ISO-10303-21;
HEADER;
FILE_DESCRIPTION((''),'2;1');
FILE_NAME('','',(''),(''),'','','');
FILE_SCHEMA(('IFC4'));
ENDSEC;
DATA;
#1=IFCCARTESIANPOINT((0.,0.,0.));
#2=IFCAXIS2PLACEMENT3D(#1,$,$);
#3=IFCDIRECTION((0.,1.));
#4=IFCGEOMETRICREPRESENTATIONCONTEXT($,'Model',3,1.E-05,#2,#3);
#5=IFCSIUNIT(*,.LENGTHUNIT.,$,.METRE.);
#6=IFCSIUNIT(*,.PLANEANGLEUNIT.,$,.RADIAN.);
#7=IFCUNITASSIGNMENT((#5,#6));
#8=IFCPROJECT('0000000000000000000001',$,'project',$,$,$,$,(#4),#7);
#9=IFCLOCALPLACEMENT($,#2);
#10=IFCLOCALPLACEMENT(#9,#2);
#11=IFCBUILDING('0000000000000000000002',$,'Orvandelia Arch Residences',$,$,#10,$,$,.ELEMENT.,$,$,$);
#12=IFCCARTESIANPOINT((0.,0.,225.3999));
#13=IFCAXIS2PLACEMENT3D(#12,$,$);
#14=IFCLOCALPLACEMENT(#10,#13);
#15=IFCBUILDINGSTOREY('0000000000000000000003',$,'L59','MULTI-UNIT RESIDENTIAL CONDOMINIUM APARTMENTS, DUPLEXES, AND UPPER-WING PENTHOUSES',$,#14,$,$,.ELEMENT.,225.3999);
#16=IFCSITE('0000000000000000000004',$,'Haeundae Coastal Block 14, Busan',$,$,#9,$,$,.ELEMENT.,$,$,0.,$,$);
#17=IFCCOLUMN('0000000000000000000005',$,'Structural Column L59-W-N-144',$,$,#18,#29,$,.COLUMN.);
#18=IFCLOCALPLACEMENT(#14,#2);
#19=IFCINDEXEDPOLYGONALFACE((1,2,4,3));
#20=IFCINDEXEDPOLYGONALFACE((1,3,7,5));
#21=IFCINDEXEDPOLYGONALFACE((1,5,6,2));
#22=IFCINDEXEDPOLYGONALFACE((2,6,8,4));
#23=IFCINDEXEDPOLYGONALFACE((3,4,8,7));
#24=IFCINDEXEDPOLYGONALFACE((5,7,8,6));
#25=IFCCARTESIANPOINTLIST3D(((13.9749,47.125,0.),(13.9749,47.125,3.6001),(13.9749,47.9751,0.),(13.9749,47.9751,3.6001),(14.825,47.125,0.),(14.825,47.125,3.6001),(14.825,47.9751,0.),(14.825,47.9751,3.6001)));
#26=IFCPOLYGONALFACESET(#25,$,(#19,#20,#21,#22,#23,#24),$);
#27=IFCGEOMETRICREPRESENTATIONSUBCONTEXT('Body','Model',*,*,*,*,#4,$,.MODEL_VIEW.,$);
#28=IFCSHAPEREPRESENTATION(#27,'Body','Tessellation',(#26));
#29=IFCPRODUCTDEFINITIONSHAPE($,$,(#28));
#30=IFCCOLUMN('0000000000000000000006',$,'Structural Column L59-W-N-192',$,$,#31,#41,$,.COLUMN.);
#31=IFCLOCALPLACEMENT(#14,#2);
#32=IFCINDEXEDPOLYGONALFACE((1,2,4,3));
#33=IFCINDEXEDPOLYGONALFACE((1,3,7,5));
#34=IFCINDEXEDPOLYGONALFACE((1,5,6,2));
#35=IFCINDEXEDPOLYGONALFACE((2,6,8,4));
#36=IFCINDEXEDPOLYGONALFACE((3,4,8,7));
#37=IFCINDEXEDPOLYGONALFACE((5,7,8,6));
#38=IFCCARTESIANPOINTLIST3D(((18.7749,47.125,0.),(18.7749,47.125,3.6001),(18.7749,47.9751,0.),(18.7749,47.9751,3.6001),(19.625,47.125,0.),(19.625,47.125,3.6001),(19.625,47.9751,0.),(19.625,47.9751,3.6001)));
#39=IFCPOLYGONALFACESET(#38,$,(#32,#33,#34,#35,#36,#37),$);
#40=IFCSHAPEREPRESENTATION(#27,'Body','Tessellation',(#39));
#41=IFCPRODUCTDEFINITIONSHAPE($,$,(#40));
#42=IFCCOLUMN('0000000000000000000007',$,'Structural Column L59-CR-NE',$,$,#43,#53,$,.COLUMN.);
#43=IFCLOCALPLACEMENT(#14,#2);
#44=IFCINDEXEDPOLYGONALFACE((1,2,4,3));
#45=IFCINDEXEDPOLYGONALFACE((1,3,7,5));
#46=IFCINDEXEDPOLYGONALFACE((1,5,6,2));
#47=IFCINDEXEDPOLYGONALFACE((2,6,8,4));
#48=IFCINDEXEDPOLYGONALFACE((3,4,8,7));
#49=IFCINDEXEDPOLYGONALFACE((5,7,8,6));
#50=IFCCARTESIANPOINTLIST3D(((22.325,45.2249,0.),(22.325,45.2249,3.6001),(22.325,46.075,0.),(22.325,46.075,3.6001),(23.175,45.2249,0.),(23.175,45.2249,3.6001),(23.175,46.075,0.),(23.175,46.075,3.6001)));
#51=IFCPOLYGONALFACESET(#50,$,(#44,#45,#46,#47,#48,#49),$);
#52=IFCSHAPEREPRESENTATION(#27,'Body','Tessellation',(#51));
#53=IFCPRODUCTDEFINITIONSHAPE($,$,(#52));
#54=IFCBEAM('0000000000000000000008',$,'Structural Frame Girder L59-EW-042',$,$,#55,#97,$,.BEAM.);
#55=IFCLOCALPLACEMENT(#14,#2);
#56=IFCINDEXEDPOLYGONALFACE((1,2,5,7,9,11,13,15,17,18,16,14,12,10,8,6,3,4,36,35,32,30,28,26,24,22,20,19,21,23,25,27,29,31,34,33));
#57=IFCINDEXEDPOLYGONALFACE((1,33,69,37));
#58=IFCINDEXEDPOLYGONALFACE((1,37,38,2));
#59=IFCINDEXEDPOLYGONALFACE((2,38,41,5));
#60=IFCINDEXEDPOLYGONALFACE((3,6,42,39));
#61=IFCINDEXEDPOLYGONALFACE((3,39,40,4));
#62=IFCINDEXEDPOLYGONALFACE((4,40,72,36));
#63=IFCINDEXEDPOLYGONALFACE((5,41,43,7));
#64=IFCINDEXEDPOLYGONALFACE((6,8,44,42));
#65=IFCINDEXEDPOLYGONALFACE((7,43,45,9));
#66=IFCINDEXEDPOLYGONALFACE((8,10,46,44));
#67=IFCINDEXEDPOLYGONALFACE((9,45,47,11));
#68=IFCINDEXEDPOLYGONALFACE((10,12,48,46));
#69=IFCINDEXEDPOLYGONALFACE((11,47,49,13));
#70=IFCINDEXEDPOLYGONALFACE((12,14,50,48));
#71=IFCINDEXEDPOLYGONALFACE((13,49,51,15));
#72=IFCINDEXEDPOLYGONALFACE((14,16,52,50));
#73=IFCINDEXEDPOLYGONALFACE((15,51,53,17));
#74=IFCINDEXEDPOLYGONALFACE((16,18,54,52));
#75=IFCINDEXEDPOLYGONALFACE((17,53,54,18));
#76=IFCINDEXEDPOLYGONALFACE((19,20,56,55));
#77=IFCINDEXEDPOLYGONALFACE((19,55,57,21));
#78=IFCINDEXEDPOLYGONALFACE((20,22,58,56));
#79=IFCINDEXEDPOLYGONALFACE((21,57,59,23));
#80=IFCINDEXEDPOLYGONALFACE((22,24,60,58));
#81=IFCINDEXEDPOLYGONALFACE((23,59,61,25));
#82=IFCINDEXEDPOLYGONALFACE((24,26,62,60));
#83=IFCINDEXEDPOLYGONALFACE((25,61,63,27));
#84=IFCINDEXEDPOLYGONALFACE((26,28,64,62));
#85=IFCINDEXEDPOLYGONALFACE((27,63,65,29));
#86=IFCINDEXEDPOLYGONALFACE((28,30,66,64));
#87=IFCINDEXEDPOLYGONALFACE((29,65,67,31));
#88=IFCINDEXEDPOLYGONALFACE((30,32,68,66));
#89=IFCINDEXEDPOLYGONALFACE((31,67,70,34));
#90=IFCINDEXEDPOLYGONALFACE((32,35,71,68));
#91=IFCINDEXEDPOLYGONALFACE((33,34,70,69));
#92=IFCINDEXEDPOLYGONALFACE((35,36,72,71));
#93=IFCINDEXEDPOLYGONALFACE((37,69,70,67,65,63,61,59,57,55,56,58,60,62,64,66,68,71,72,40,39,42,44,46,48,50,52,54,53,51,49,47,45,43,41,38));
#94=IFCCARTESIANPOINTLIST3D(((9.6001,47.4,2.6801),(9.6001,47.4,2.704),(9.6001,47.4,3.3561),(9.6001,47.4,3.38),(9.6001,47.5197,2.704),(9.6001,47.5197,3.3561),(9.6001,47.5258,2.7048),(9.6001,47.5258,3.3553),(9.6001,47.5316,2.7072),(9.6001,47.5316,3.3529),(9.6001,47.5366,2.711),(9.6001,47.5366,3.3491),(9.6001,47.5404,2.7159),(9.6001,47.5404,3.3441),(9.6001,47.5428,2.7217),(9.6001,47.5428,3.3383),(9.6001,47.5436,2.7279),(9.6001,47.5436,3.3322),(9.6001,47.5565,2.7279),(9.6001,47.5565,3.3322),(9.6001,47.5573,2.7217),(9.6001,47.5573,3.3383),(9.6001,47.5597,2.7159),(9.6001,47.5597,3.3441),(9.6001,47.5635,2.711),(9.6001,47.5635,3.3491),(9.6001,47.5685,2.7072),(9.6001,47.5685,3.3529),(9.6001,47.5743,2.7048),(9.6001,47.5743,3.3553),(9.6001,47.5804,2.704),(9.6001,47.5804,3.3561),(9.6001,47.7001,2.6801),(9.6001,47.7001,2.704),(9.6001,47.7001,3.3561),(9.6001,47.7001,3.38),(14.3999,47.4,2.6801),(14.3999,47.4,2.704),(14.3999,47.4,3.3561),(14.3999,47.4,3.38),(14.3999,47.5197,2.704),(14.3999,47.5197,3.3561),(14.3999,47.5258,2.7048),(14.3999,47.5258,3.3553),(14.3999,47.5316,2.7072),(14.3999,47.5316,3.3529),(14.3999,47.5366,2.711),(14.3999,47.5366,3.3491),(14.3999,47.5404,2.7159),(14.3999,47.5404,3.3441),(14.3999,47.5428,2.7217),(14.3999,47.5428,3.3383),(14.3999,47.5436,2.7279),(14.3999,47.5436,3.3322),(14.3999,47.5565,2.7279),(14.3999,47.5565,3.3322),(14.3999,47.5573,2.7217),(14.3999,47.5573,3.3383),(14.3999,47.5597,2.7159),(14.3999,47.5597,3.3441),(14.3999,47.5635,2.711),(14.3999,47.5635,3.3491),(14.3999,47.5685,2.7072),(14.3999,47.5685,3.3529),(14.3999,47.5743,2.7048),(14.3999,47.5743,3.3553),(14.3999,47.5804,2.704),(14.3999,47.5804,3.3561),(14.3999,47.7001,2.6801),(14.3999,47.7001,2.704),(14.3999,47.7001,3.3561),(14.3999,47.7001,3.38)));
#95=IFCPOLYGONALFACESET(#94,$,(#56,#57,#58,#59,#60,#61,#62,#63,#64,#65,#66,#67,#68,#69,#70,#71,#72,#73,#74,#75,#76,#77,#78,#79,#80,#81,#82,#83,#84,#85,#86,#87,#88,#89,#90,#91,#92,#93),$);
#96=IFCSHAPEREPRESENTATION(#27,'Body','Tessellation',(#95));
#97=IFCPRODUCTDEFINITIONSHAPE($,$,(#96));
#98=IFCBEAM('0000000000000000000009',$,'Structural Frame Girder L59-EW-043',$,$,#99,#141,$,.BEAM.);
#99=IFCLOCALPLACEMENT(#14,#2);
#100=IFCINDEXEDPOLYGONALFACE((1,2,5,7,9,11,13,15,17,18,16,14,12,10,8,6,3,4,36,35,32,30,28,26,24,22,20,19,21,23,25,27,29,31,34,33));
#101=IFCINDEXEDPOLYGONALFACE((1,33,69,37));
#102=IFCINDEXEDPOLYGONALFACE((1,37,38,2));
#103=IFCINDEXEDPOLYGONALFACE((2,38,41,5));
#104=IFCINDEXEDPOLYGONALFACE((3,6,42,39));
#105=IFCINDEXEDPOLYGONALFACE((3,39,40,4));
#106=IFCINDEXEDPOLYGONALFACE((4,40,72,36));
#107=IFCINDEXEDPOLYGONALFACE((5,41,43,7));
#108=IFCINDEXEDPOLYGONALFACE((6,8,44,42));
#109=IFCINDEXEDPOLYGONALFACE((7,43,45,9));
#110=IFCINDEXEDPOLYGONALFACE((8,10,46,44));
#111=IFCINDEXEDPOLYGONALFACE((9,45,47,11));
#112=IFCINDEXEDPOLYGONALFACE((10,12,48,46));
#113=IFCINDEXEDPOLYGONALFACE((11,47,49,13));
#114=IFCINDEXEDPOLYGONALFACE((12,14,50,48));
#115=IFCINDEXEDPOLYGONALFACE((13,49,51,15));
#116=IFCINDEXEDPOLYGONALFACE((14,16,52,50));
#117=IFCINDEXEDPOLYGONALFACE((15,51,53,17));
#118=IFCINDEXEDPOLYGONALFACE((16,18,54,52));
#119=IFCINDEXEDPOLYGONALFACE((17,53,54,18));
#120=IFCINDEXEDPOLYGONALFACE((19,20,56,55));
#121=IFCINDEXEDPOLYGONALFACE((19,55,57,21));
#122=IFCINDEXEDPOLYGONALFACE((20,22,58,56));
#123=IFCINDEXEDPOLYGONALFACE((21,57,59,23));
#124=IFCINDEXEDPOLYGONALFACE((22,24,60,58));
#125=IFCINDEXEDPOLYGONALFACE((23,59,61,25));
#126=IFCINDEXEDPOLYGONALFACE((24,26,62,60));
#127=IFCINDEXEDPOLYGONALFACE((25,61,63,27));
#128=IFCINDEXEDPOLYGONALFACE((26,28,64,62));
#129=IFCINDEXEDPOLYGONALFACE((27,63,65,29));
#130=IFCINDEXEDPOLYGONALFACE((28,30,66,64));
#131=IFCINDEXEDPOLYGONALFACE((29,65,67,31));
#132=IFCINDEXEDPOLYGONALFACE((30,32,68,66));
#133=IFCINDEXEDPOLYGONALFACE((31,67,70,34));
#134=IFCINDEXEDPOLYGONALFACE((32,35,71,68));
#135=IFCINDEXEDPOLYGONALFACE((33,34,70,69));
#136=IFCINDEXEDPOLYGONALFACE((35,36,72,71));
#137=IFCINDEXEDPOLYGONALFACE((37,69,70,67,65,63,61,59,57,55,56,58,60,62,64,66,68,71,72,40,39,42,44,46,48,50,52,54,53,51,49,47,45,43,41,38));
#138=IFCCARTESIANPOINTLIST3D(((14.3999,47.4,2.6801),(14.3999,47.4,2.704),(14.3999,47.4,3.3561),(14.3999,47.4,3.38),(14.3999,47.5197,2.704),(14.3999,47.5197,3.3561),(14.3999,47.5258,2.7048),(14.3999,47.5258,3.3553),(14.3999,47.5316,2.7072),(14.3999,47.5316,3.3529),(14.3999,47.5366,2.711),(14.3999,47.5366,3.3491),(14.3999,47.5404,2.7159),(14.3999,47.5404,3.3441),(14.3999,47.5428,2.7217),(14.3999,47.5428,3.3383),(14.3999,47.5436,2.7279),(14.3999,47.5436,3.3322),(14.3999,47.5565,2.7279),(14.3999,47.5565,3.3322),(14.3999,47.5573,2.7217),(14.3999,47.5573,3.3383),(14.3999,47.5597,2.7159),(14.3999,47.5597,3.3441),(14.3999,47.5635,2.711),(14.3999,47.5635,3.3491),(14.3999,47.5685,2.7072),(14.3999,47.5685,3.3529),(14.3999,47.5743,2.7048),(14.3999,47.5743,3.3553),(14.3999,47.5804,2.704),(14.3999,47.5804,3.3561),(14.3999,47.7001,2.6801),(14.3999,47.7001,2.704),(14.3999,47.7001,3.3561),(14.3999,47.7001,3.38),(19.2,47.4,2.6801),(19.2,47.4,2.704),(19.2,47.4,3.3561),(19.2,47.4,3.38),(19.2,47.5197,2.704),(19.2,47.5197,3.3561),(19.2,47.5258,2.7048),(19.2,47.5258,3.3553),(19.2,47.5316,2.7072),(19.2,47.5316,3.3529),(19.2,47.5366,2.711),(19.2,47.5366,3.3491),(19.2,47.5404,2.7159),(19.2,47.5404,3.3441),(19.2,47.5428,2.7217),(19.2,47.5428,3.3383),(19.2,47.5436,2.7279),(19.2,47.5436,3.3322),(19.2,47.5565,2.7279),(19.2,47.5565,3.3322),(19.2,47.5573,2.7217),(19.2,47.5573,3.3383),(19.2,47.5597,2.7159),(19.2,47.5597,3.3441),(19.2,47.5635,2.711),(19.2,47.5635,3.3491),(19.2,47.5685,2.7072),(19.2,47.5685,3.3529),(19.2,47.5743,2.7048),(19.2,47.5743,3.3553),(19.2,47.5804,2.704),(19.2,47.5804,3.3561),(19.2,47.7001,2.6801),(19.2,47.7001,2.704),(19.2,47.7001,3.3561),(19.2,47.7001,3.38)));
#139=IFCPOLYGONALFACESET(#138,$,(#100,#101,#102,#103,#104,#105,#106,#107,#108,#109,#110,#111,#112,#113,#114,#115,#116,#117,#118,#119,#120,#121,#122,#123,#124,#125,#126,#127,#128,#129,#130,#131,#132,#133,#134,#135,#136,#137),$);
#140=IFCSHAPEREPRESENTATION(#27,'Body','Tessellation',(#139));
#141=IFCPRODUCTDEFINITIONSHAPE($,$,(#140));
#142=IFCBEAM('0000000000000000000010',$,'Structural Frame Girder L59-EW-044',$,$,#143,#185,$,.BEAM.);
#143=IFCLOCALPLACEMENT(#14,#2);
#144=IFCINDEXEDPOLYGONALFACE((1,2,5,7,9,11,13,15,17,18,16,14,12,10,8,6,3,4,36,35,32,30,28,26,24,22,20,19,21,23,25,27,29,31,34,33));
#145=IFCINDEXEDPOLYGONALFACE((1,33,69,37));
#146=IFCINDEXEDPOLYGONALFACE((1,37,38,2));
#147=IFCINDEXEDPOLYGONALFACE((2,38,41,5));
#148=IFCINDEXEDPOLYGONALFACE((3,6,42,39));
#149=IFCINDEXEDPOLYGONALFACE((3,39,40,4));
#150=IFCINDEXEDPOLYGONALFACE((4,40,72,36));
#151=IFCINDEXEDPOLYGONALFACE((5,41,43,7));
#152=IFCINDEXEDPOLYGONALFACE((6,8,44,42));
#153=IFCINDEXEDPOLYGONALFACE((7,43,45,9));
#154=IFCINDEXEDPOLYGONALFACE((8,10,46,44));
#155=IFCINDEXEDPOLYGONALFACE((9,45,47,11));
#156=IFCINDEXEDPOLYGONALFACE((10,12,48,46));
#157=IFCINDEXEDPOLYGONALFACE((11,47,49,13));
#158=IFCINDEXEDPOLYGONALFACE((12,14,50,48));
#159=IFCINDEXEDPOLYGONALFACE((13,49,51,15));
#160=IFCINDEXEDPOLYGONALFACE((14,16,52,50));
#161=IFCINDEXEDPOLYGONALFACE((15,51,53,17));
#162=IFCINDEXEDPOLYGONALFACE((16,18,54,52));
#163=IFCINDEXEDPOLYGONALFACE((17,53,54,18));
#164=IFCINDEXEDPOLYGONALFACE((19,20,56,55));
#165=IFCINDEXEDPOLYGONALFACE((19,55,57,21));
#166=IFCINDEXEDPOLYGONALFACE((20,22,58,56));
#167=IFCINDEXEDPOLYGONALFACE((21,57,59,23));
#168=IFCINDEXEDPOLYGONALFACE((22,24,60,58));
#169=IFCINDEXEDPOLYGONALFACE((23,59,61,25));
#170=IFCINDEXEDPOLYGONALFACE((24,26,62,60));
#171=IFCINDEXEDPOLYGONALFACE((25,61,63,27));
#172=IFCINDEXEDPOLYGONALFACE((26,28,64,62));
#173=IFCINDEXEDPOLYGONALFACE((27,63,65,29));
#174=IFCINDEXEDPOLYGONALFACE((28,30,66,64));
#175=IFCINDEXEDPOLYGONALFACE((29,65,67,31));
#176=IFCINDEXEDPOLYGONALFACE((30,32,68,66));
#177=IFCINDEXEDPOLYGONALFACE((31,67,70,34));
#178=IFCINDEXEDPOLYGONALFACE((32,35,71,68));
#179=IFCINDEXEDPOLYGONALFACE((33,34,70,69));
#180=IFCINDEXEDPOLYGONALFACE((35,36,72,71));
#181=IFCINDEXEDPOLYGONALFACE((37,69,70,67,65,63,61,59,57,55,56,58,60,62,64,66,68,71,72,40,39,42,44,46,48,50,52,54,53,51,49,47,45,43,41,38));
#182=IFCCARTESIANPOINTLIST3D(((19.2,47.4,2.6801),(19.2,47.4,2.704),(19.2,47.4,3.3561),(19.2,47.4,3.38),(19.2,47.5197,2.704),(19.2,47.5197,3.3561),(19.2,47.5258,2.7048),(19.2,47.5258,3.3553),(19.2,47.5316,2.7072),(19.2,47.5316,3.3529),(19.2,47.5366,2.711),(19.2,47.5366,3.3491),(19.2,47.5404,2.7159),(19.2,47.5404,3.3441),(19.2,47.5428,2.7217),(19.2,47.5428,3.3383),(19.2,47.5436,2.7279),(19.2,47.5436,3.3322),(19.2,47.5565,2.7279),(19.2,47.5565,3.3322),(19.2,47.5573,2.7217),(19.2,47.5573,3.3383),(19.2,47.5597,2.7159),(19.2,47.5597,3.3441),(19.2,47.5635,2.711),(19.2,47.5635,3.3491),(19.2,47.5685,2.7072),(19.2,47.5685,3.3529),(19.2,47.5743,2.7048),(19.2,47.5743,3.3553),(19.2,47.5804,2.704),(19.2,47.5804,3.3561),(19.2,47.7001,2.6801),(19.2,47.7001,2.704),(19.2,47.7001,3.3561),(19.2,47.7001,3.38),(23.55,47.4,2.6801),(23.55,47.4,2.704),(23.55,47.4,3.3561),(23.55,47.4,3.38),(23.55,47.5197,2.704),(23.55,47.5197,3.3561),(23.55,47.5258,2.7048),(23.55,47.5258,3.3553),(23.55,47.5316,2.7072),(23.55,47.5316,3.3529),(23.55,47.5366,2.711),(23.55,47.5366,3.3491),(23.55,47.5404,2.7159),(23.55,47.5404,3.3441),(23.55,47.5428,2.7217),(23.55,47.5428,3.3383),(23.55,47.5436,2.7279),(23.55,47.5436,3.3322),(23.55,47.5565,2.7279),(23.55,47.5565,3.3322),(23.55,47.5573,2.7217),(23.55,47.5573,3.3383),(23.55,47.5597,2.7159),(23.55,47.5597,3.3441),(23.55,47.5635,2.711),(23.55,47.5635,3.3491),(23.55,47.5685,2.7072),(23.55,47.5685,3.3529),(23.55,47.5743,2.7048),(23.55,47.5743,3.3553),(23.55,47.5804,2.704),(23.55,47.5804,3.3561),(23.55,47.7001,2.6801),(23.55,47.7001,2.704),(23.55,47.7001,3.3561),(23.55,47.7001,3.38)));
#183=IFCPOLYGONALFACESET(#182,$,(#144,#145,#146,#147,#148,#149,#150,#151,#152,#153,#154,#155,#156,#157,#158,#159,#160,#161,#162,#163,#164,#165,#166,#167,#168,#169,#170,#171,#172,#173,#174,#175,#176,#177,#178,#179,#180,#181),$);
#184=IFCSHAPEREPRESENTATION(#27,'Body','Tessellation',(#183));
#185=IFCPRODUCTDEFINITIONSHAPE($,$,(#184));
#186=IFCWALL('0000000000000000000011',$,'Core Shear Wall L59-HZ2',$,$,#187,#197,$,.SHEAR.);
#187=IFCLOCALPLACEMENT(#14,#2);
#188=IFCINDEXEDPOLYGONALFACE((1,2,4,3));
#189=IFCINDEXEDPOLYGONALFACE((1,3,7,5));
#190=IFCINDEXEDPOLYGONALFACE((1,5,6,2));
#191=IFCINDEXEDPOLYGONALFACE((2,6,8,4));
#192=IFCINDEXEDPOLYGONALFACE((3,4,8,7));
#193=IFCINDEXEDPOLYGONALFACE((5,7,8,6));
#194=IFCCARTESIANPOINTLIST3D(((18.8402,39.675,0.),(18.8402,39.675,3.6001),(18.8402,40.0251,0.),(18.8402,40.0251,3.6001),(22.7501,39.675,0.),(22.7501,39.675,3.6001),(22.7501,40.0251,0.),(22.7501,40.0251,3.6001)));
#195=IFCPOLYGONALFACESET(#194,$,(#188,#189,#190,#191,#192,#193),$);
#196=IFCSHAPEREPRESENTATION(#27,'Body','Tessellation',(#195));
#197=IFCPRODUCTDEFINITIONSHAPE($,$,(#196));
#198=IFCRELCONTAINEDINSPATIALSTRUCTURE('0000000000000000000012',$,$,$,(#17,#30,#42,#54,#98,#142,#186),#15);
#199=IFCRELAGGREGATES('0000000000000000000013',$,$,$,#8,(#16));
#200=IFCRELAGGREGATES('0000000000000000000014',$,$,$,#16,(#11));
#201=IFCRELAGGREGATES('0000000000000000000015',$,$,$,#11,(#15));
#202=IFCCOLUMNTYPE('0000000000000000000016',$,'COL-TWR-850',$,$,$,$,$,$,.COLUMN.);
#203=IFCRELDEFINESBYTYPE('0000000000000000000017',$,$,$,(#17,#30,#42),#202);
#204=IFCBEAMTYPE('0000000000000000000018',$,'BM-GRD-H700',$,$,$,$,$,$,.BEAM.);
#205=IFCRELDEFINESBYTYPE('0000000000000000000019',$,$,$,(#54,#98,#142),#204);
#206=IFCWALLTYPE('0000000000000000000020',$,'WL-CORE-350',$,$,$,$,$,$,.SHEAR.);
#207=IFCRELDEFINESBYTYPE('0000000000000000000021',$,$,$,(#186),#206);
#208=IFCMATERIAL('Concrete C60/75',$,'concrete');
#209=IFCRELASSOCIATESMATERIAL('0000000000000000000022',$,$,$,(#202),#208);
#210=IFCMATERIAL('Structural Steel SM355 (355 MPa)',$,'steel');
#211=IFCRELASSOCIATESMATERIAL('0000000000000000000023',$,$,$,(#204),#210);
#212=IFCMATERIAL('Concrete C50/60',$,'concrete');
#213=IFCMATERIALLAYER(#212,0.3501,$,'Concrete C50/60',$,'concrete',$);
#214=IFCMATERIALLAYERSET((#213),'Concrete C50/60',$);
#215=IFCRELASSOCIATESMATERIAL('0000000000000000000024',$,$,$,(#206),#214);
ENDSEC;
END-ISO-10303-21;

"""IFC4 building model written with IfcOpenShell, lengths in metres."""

from ifc_helpers import new_model, si_unit, direction, frame, frame_2d, origin, origin_2d, place, context, subcontext, project, spatial, rectangle, i_section, extrude, material, layer, layer_set, material_profile, profile_set, type_object, element, save


model = new_model("IFC4")

# Units and contexts
model_context = context("Model", 3, precision=1e-05, world=origin(), true_north=direction((0.0, 1.0)))
body_context = subcontext(model_context, "Body", "Model", "MODEL_VIEW")
ifc_project = project(units=[si_unit("LENGTHUNIT", "METRE"), si_unit("PLANEANGLEUNIT", "RADIAN")], contexts=[model_context])

# Site, building, storey
site_placement = place(None, origin())
site = spatial("IfcSite", under=ifc_project, at=site_placement, Name="Haeundae Coastal Block 14, Busan", CompositionType="ELEMENT", RefElevation=0.0)
building_placement = place(site_placement, origin())
building = spatial("IfcBuilding", under=site, at=building_placement, Name="Orvandelia Arch Residences", CompositionType="ELEMENT")
storey_placement = place(building_placement, frame((0.0, 0.0, 225.3999)))
storey = spatial("IfcBuildingStorey", under=building, at=storey_placement, Name="L59", Description="MULTI-UNIT RESIDENTIAL CONDOMINIUM APARTMENTS, DUPLEXES, AND UPPER-WING PENTHOUSES", CompositionType="ELEMENT", Elevation=225.3999)

# Columns
ifc_material_1 = material(Name="Concrete C60/75", Category="concrete")
ifc_material_profile_1 = material_profile(ifc_material_1, rectangle(XDim=0.8501, YDim=0.8501, at=origin_2d()), Name="Concrete C60/75", Category="concrete")
ifc_profile_set_1 = profile_set([ifc_material_profile_1], Name="Concrete C60/75")
column_type = type_object("IfcColumnType", Name="COL-TWR-850", PredefinedType="COLUMN", material=ifc_profile_set_1)
for number, where, z_axis, x_axis, name in (
    (1, (14.3999, 47.55, 0.0), (0.0, 0.0, 1.0), (1.0, 0.0, 0.0), "Structural Column L59-W-N-144"),
    (2, (19.2, 47.55, 0.0), (0.0, 0.0, 1.0), (1.0, 0.0, 0.0), "Structural Column L59-W-N-192"),
    (3, (22.75, 45.6499, 0.0), (0.0, 0.0, 1.0), (1.0, 0.0, 0.0), "Structural Column L59-CR-NE"),
):
    element("IfcColumn", number, at=place(storey_placement, frame(where, z_axis=z_axis, x_axis=x_axis)), inside=storey, type_object=column_type, Name=name, PredefinedType="COLUMN", context=body_context, shape_type="SweptSolid", body=[
        extrude(rectangle(XDim=0.8501, YDim=0.8501, at=origin_2d()), origin(), (0.0, 0.0, 1.0), 3.6001),
    ])

# Beams
ifc_material_2 = material(Name="Structural Steel SM355 (355 MPa)", Category="steel")
ifc_material_profile_2 = material_profile(ifc_material_2, i_section(OverallWidth=0.3, OverallDepth=0.7, WebThickness=0.0129, FlangeThickness=0.0239, FilletRadius=0.0239, at=origin_2d()), Name="Structural Steel SM355 (355 MPa)", Category="steel")
ifc_profile_set_2 = profile_set([ifc_material_profile_2], Name="Structural Steel SM355 (355 MPa)")
beam_type = type_object("IfcBeamType", Name="BM-GRD-H700", PredefinedType="BEAM", material=ifc_profile_set_2)
beam_1_placement = place(storey_placement, frame((9.6001, 47.55, 3.03), z_axis=(1.0, 0.0, 0.0), x_axis=(0.0, 1.0, 0.0)))
element("IfcBeam", 4, at=beam_1_placement, inside=storey, type_object=beam_type, Name="Structural Frame Girder L59-EW-042", PredefinedType="BEAM", context=body_context, shape_type="SweptSolid", body=[
    extrude(i_section(OverallWidth=0.3, OverallDepth=0.7, WebThickness=0.0129, FlangeThickness=0.0239, FilletRadius=0.0239, at=origin_2d()), origin(), (0.0, 0.0, 1.0), 4.7998),
])
beam_2_placement = place(storey_placement, frame((14.3999, 47.55, 3.03), z_axis=(1.0, 0.0, 0.0), x_axis=(0.0, 1.0, 0.0)))
element("IfcBeam", 5, at=beam_2_placement, inside=storey, type_object=beam_type, Name="Structural Frame Girder L59-EW-043", PredefinedType="BEAM", context=body_context, shape_type="SweptSolid", body=[
    extrude(i_section(OverallWidth=0.3, OverallDepth=0.7, WebThickness=0.0129, FlangeThickness=0.0239, FilletRadius=0.0239, at=origin_2d()), origin(), (0.0, 0.0, 1.0), 4.8),
])
beam_3_placement = place(storey_placement, frame((19.2, 47.55, 3.03), z_axis=(1.0, 0.0, 0.0), x_axis=(0.0, 1.0, 0.0)))
element("IfcBeam", 6, at=beam_3_placement, inside=storey, type_object=beam_type, Name="Structural Frame Girder L59-EW-044", PredefinedType="BEAM", context=body_context, shape_type="SweptSolid", body=[
    extrude(i_section(OverallWidth=0.3, OverallDepth=0.7, WebThickness=0.0129, FlangeThickness=0.0239, FilletRadius=0.0239, at=origin_2d()), origin(), (0.0, 0.0, 1.0), 4.3501),
])

# Wall
ifc_material_3 = material(Name="Concrete C50/60", Category="concrete")
ifc_layer_1 = layer(ifc_material_3, 0.3501, Name="Concrete C50/60", Category="concrete")
ifc_layer_set_1 = layer_set([ifc_layer_1], Name="Concrete C50/60")
wall_type_1 = type_object("IfcWallType", Name="WL-CORE-350", PredefinedType="SHEAR", material=ifc_layer_set_1)
wall_1_placement = place(storey_placement, frame((18.8401, 39.8501, 0.0), z_axis=(0.0, 0.0, 1.0), x_axis=(1.0, 0.0, 0.0)))
element("IfcWall", 7, at=wall_1_placement, inside=storey, type_object=wall_type_1, Name="Core Shear Wall L59-HZ2", PredefinedType="SHEAR", context=body_context, shape_type="SweptSolid", body=[
    extrude(rectangle(XDim=3.9099, YDim=0.3501, at=frame_2d((1.9551, 0.0))), origin(), (0.0, 0.0, 1.0), 3.6001),
])

save(model, "model.ifc")
